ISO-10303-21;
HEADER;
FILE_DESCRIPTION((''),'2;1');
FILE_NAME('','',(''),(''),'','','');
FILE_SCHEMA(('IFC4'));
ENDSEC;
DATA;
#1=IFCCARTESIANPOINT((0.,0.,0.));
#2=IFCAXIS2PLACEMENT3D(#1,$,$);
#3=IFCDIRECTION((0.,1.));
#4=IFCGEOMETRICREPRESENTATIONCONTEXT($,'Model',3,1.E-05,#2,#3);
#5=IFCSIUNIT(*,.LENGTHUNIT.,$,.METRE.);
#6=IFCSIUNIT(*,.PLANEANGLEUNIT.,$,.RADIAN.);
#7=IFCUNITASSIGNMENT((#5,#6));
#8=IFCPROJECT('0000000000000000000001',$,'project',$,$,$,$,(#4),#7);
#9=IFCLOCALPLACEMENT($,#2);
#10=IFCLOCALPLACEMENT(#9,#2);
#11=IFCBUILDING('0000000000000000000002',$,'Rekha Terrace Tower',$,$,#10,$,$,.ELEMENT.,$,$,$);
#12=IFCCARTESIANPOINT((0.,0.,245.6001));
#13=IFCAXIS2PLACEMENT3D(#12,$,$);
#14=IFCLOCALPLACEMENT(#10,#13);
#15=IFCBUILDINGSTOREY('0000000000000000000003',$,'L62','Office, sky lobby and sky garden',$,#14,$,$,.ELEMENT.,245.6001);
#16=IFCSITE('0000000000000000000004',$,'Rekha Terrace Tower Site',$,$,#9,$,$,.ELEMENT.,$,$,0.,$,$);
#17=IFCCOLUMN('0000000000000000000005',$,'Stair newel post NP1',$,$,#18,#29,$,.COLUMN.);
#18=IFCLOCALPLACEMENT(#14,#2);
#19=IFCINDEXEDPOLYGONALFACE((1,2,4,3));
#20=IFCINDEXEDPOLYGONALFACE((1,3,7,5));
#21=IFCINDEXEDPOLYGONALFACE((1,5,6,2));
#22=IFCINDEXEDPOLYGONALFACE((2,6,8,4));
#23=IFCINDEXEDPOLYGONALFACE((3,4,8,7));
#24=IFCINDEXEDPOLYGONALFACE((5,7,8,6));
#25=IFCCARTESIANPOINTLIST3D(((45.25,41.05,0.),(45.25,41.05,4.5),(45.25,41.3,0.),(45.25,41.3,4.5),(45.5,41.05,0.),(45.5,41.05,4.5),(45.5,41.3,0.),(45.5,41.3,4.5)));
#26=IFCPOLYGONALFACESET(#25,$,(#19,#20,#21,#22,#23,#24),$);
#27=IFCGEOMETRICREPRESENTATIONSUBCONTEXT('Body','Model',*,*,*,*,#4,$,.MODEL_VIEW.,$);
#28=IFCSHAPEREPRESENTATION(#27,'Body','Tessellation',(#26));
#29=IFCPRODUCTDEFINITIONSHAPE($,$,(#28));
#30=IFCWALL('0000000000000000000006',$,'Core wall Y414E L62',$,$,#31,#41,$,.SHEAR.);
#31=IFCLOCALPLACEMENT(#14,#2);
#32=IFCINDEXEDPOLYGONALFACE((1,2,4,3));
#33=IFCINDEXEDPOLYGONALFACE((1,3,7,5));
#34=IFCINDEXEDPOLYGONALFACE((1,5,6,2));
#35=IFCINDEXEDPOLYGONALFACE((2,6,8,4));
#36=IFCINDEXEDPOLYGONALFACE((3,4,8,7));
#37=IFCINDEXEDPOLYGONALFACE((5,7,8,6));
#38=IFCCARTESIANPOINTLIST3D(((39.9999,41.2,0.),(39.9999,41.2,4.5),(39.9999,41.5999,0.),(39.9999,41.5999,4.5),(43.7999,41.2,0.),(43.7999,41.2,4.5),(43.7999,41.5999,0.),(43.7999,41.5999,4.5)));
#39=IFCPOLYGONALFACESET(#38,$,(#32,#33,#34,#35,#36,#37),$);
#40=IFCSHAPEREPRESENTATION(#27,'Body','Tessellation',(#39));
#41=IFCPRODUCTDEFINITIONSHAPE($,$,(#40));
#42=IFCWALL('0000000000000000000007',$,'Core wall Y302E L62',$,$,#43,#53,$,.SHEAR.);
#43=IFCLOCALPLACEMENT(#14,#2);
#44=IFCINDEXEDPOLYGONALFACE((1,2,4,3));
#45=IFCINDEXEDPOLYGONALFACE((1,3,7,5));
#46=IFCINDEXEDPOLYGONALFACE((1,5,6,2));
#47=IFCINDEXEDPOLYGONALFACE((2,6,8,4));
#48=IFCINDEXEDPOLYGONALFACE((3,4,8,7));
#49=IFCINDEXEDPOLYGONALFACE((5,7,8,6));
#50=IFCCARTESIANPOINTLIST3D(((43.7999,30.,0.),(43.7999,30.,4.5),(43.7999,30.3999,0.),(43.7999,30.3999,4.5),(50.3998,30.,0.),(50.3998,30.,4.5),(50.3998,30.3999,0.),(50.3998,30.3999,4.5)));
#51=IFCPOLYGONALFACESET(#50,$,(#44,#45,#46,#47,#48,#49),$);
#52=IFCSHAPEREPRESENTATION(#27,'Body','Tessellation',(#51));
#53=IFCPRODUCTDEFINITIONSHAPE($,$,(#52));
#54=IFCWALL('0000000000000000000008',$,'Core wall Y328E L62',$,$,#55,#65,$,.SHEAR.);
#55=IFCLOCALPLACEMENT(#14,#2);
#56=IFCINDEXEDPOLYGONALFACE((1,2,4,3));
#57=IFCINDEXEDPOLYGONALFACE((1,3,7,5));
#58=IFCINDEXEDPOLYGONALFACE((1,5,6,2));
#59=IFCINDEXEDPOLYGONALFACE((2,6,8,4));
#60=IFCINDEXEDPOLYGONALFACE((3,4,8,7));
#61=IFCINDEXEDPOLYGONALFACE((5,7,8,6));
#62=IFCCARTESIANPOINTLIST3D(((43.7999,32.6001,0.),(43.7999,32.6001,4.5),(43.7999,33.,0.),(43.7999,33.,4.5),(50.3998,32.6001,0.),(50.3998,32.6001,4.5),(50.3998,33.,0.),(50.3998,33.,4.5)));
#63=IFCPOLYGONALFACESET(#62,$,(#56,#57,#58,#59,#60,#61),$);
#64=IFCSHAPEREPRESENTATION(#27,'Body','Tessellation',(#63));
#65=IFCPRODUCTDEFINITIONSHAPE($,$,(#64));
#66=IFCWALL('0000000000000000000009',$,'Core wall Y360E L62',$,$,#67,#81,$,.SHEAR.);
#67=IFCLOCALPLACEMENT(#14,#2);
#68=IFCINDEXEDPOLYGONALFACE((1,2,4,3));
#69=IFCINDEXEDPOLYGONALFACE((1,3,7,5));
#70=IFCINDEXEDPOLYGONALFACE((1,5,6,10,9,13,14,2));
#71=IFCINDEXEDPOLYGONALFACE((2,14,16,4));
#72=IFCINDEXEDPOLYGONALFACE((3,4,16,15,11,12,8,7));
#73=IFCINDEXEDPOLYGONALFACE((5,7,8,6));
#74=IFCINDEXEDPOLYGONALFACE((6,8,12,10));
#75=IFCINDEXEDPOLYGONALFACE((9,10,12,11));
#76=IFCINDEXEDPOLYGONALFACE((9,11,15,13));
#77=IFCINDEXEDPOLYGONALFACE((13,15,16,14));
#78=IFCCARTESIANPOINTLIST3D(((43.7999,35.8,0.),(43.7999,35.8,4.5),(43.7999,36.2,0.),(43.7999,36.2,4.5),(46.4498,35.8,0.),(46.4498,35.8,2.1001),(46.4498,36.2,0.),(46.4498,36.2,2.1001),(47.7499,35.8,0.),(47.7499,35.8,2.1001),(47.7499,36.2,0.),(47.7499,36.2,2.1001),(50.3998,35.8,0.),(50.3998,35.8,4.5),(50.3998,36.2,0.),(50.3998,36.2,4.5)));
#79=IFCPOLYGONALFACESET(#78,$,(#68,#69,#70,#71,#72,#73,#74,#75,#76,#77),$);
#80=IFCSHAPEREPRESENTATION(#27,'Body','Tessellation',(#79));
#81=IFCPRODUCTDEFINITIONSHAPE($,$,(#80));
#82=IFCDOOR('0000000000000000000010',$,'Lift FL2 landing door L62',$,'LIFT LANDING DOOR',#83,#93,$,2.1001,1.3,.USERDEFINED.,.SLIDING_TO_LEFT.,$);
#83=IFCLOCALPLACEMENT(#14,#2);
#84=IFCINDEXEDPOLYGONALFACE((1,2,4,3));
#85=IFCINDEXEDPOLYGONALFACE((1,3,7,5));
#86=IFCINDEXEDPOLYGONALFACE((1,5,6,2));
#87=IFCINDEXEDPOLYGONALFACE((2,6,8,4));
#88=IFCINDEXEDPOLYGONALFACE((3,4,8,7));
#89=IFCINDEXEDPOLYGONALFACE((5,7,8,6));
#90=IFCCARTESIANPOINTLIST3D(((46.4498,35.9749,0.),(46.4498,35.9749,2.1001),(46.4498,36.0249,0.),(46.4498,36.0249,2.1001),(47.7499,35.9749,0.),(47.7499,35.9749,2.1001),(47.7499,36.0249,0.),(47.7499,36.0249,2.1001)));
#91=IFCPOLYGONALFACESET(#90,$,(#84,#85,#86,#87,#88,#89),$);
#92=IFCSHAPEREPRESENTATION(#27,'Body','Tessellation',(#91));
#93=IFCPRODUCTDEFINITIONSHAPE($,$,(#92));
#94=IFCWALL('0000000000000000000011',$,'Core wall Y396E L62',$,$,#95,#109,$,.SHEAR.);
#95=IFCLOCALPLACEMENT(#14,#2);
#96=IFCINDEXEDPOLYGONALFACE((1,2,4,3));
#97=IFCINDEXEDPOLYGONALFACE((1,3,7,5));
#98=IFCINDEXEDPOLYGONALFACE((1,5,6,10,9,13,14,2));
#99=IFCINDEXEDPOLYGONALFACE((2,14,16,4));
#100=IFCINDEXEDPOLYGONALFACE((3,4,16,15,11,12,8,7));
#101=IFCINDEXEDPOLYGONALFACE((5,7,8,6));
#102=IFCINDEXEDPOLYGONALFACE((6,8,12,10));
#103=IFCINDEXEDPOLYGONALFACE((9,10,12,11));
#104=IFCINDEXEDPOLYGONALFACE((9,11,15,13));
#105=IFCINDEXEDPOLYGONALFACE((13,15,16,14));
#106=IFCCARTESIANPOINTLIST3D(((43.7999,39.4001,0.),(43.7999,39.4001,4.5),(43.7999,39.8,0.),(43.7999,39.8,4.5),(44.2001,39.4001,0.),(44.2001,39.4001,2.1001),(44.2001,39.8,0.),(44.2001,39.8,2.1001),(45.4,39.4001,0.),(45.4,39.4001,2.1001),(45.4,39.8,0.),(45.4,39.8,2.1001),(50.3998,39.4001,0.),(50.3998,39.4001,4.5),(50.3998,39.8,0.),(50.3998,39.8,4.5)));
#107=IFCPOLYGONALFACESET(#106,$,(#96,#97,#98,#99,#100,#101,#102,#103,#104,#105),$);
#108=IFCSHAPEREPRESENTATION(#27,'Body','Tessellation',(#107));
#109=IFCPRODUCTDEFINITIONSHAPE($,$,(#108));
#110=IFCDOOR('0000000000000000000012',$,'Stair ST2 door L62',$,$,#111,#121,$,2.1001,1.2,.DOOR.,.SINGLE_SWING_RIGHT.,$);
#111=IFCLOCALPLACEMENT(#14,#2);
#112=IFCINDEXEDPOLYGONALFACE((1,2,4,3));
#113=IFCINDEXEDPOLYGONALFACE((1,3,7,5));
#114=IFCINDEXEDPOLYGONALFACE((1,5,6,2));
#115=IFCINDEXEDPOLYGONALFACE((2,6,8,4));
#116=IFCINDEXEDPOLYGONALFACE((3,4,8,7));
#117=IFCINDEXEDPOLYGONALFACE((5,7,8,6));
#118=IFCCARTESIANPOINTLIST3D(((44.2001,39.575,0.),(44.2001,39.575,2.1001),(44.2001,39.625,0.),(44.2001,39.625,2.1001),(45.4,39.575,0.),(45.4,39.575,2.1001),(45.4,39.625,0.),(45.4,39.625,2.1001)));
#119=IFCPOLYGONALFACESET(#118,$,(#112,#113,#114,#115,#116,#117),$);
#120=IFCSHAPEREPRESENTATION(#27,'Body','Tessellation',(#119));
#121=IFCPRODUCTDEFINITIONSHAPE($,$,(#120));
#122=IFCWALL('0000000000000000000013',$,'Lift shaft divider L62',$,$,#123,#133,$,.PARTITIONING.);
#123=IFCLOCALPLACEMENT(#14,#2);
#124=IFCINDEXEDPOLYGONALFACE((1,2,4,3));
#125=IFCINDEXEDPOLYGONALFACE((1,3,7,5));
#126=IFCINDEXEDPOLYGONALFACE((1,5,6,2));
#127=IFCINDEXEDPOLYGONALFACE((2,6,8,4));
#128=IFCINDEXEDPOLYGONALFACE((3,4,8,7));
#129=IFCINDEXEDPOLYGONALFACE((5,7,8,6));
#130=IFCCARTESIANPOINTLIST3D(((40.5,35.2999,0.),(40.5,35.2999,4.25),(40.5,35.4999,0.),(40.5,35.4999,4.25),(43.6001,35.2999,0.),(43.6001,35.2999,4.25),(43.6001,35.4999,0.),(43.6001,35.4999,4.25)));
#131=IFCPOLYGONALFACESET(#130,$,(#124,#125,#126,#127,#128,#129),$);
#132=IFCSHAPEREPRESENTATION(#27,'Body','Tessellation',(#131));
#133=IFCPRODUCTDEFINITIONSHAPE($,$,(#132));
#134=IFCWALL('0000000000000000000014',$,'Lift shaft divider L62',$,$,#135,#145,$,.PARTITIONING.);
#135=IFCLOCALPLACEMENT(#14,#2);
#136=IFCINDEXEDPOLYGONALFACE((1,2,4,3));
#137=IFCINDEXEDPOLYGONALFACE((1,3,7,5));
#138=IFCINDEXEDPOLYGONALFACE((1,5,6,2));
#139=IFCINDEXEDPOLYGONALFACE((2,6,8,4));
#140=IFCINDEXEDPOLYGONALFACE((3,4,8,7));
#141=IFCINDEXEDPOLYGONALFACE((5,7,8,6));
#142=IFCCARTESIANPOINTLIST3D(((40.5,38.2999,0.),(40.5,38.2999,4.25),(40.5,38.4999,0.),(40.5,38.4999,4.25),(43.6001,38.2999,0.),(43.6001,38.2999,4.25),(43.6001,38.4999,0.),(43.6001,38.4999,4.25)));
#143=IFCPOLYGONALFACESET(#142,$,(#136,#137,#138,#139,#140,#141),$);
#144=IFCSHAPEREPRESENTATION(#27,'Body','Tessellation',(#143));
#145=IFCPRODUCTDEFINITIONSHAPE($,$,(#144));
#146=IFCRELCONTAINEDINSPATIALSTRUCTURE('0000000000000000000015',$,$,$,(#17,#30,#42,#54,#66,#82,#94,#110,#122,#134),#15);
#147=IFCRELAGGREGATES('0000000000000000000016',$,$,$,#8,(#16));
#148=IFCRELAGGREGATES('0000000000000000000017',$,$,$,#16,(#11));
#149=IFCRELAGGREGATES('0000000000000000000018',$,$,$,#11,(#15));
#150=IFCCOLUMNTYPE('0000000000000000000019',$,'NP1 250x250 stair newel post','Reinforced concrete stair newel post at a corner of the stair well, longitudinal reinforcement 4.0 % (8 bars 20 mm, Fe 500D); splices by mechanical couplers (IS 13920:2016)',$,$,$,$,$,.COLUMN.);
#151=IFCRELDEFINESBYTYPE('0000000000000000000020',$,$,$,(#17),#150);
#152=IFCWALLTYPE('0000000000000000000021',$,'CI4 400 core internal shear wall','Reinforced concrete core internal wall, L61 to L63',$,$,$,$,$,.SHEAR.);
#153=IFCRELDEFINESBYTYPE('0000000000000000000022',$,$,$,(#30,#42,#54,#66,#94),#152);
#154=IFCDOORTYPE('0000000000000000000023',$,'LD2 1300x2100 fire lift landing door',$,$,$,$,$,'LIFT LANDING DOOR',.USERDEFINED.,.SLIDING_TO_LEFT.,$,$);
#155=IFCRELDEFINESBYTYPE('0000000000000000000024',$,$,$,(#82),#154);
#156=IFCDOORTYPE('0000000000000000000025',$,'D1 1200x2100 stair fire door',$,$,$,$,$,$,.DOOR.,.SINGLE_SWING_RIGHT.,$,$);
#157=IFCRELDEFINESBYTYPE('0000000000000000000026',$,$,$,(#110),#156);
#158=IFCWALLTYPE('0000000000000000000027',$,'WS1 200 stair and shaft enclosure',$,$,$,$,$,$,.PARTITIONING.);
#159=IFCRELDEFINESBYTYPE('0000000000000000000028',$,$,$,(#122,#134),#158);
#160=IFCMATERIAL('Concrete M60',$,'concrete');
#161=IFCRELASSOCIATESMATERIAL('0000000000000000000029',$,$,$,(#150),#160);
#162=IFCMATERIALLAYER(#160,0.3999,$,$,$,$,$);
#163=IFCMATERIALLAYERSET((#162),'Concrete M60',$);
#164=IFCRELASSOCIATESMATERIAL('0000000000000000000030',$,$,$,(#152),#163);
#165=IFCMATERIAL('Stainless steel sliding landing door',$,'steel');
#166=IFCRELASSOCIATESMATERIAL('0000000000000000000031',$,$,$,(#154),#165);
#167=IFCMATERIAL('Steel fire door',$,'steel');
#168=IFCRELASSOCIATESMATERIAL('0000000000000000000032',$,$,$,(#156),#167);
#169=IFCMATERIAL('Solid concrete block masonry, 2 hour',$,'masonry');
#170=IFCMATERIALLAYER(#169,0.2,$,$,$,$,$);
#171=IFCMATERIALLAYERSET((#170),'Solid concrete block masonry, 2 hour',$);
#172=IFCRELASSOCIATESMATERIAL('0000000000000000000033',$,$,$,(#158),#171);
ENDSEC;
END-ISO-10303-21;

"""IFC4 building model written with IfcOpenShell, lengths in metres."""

from ifc_helpers import new_model, si_unit, direction, frame, frame_2d, origin, origin_2d, place, context, subcontext, project, spatial, rectangle, extrude, material, layer, layer_set, material_profile, profile_set, type_object, element, fill, save


model = new_model("IFC4")

# Units and contexts
model_context = context("Model", 3, precision=1e-05, world=origin(), true_north=direction((0.0, 1.0)))
body_context = subcontext(model_context, "Body", "Model", "MODEL_VIEW")
ifc_project = project(units=[si_unit("LENGTHUNIT", "METRE"), si_unit("PLANEANGLEUNIT", "RADIAN")], contexts=[model_context])

# Site, building, storey
site_placement = place(None, origin())
site = spatial("IfcSite", under=ifc_project, at=site_placement, Name="Rekha Terrace Tower Site", CompositionType="ELEMENT", RefElevation=0.0)
building_placement = place(site_placement, origin())
building = spatial("IfcBuilding", under=site, at=building_placement, Name="Rekha Terrace Tower", CompositionType="ELEMENT")
storey_placement = place(building_placement, frame((0.0, 0.0, 245.6001)))
storey = spatial("IfcBuildingStorey", under=building, at=storey_placement, Name="L62", Description="Office, sky lobby and sky garden", CompositionType="ELEMENT", Elevation=245.6001)

# Column
ifc_material_1 = material(Name="Concrete M60", Category="concrete")
ifc_material_profile = material_profile(ifc_material_1, rectangle(XDim=0.25, YDim=0.25, at=origin_2d()), Name="RC 250x250")
ifc_profile_set = profile_set([ifc_material_profile], Name="Concrete M60")
column_type = type_object("IfcColumnType", Name="NP1 250x250 stair newel post", Description="Reinforced concrete stair newel post at a corner of the stair well, longitudinal reinforcement 4.0 % (8 bars 20 mm, Fe 500D); splices by mechanical couplers (IS 13920:2016)", PredefinedType="COLUMN", material=ifc_profile_set)
column_placement = place(storey_placement, frame((45.375, 41.175, 0.0), z_axis=(0.0, 0.0, 1.0), x_axis=(1.0, 0.0, 0.0)))
element("IfcColumn", 1, at=column_placement, inside=storey, type_object=column_type, Name="Stair newel post NP1", PredefinedType="COLUMN", context=body_context, shape_type="SweptSolid", body=[
    extrude(rectangle(XDim=0.25, YDim=0.25, at=origin_2d()), origin(), (0.0, 0.0, 1.0), 4.5),
])

# Walls
ifc_layer_1 = layer(ifc_material_1, 0.3999)
ifc_layer_set_1 = layer_set([ifc_layer_1], Name="Concrete M60")
wall_type_1 = type_object("IfcWallType", Name="CI4 400 core internal shear wall", Description="Reinforced concrete core internal wall, L61 to L63", PredefinedType="SHEAR", material=ifc_layer_set_1)
wall_1_placement = place(storey_placement, frame((40.0, 41.3999, 0.0), z_axis=(0.0, 0.0, 1.0), x_axis=(1.0, 0.0, 0.0)))
element("IfcWall", 2, at=wall_1_placement, inside=storey, type_object=wall_type_1, Name="Core wall Y414E L62", PredefinedType="SHEAR", context=body_context, shape_type="SweptSolid", body=[
    extrude(rectangle(XDim=3.8, YDim=0.3999, at=frame_2d((1.8999, 0.0))), origin(), (0.0, 0.0, 1.0), 4.5),
])
for number, where, z_axis, x_axis, name in (
    (3, (43.8, 30.2, 0.0), (0.0, 0.0, 1.0), (1.0, 0.0, 0.0), "Core wall Y302E L62"),
    (4, (43.8, 32.8, 0.0), (0.0, 0.0, 1.0), (1.0, 0.0, 0.0), "Core wall Y328E L62"),
):
    element("IfcWall", number, at=place(storey_placement, frame(where, z_axis=z_axis, x_axis=x_axis)), inside=storey, type_object=wall_type_1, Name=name, PredefinedType="SHEAR", context=body_context, shape_type="SweptSolid", body=[
        extrude(rectangle(XDim=6.5999, YDim=0.3999, at=frame_2d((3.2998, 0.0))), origin(), (0.0, 0.0, 1.0), 4.5),
    ])

# Walls, openings, doors
wall_2_placement = place(storey_placement, frame((43.8, 36.0, 0.0), z_axis=(0.0, 0.0, 1.0), x_axis=(1.0, 0.0, 0.0)))
wall_2 = element("IfcWall", 5, at=wall_2_placement, inside=storey, type_object=wall_type_1, Name="Core wall Y360E L62", PredefinedType="SHEAR", context=body_context, shape_type="SweptSolid", body=[
    extrude(rectangle(XDim=6.5999, YDim=0.3999, at=frame_2d((3.2998, 0.0))), origin(), (0.0, 0.0, 1.0), 4.5),
])
opening_1_placement = place(wall_2_placement, frame((2.6499, 0.0, 0.0)))
opening_1 = element("IfcOpeningElement", 6, at=opening_1_placement, cuts=wall_2, PredefinedType="OPENING", context=body_context, shape_type="SweptSolid", body=[
    extrude(rectangle(XDim=1.3, YDim=2.1001, at=frame_2d((0.6499, 1.05))), frame((0.0, 0.21, 0.0), z_axis=(0.0, -1.0, 0.0), x_axis=(1.0, 0.0, 0.0)), (0.0, 0.0, 1.0), 0.4199),
])
ifc_material_2 = material(Name="Stainless steel sliding landing door", Category="steel")
door_type_1 = type_object("IfcDoorType", Name="LD2 1300x2100 fire lift landing door", ElementType="LIFT LANDING DOOR", OperationType="SLIDING_TO_LEFT", PredefinedType="USERDEFINED", material=ifc_material_2)
door_1_placement = place(opening_1_placement, origin())
door_1 = element("IfcDoor", 7, at=door_1_placement, inside=storey, type_object=door_type_1, Name="Lift FL2 landing door L62", ObjectType="LIFT LANDING DOOR", OperationType="SLIDING_TO_LEFT", OverallHeight=2.1001, OverallWidth=1.3, PredefinedType="USERDEFINED", context=body_context, shape_type="SweptSolid", body=[
    extrude(rectangle(XDim=1.3, YDim=2.1001, at=frame_2d((0.6499, 1.05))), frame((0.0, 0.0249, 0.0), z_axis=(0.0, -1.0, 0.0), x_axis=(1.0, 0.0, 0.0)), (0.0, 0.0, 1.0), 0.05),
])
fill(opening_1, door_1)
wall_3_placement = place(storey_placement, frame((43.8, 39.6001, 0.0), z_axis=(0.0, 0.0, 1.0), x_axis=(1.0, 0.0, 0.0)))
wall_3 = element("IfcWall", 8, at=wall_3_placement, inside=storey, type_object=wall_type_1, Name="Core wall Y396E L62", PredefinedType="SHEAR", context=body_context, shape_type="SweptSolid", body=[
    extrude(rectangle(XDim=6.5999, YDim=0.3999, at=frame_2d((3.2998, 0.0))), origin(), (0.0, 0.0, 1.0), 4.5),
])
opening_2_placement = place(wall_3_placement, frame((0.3999, 0.0, 0.0)))
opening_2 = element("IfcOpeningElement", 9, at=opening_2_placement, cuts=wall_3, PredefinedType="OPENING", context=body_context, shape_type="SweptSolid", body=[
    extrude(rectangle(XDim=1.2, YDim=2.1001, at=frame_2d((0.6001, 1.05))), frame((0.0, 0.21, 0.0), z_axis=(0.0, -1.0, 0.0), x_axis=(1.0, 0.0, 0.0)), (0.0, 0.0, 1.0), 0.4199),
])
ifc_material_3 = material(Name="Steel fire door", Category="steel")
door_type_2 = type_object("IfcDoorType", Name="D1 1200x2100 stair fire door", OperationType="SINGLE_SWING_RIGHT", PredefinedType="DOOR", material=ifc_material_3)
door_2_placement = place(opening_2_placement, origin())
door_2 = element("IfcDoor", 10, at=door_2_placement, inside=storey, type_object=door_type_2, Name="Stair ST2 door L62", OperationType="SINGLE_SWING_RIGHT", OverallHeight=2.1001, OverallWidth=1.2, PredefinedType="DOOR", context=body_context, shape_type="SweptSolid", body=[
    extrude(rectangle(XDim=1.2, YDim=2.1001, at=frame_2d((0.6001, 1.05))), frame((0.0, 0.0249, 0.0), z_axis=(0.0, -1.0, 0.0), x_axis=(1.0, 0.0, 0.0)), (0.0, 0.0, 1.0), 0.05),
])
fill(opening_2, door_2)

# Walls
ifc_material_4 = material(Name="Solid concrete block masonry, 2 hour", Category="masonry")
ifc_layer_2 = layer(ifc_material_4, 0.2)
ifc_layer_set_2 = layer_set([ifc_layer_2], Name="Solid concrete block masonry, 2 hour")
wall_type_2 = type_object("IfcWallType", Name="WS1 200 stair and shaft enclosure", PredefinedType="PARTITIONING", material=ifc_layer_set_2)
for number, where, z_axis, x_axis, name in (
    (11, (40.5, 35.3999, 0.0), (0.0, 0.0, 1.0), (1.0, 0.0, 0.0), "Lift shaft divider L62"),
    (12, (40.5, 38.3999, 0.0), (0.0, 0.0, 1.0), (1.0, 0.0, 0.0), "Lift shaft divider L62"),
):
    element("IfcWall", number, at=place(storey_placement, frame(where, z_axis=z_axis, x_axis=x_axis)), inside=storey, type_object=wall_type_2, Name=name, PredefinedType="PARTITIONING", context=body_context, shape_type="SweptSolid", body=[
        extrude(rectangle(XDim=3.1001, YDim=0.2, at=frame_2d((1.55, 0.0))), origin(), (0.0, 0.0, 1.0), 4.25),
    ])

save(model, "model.ifc")
